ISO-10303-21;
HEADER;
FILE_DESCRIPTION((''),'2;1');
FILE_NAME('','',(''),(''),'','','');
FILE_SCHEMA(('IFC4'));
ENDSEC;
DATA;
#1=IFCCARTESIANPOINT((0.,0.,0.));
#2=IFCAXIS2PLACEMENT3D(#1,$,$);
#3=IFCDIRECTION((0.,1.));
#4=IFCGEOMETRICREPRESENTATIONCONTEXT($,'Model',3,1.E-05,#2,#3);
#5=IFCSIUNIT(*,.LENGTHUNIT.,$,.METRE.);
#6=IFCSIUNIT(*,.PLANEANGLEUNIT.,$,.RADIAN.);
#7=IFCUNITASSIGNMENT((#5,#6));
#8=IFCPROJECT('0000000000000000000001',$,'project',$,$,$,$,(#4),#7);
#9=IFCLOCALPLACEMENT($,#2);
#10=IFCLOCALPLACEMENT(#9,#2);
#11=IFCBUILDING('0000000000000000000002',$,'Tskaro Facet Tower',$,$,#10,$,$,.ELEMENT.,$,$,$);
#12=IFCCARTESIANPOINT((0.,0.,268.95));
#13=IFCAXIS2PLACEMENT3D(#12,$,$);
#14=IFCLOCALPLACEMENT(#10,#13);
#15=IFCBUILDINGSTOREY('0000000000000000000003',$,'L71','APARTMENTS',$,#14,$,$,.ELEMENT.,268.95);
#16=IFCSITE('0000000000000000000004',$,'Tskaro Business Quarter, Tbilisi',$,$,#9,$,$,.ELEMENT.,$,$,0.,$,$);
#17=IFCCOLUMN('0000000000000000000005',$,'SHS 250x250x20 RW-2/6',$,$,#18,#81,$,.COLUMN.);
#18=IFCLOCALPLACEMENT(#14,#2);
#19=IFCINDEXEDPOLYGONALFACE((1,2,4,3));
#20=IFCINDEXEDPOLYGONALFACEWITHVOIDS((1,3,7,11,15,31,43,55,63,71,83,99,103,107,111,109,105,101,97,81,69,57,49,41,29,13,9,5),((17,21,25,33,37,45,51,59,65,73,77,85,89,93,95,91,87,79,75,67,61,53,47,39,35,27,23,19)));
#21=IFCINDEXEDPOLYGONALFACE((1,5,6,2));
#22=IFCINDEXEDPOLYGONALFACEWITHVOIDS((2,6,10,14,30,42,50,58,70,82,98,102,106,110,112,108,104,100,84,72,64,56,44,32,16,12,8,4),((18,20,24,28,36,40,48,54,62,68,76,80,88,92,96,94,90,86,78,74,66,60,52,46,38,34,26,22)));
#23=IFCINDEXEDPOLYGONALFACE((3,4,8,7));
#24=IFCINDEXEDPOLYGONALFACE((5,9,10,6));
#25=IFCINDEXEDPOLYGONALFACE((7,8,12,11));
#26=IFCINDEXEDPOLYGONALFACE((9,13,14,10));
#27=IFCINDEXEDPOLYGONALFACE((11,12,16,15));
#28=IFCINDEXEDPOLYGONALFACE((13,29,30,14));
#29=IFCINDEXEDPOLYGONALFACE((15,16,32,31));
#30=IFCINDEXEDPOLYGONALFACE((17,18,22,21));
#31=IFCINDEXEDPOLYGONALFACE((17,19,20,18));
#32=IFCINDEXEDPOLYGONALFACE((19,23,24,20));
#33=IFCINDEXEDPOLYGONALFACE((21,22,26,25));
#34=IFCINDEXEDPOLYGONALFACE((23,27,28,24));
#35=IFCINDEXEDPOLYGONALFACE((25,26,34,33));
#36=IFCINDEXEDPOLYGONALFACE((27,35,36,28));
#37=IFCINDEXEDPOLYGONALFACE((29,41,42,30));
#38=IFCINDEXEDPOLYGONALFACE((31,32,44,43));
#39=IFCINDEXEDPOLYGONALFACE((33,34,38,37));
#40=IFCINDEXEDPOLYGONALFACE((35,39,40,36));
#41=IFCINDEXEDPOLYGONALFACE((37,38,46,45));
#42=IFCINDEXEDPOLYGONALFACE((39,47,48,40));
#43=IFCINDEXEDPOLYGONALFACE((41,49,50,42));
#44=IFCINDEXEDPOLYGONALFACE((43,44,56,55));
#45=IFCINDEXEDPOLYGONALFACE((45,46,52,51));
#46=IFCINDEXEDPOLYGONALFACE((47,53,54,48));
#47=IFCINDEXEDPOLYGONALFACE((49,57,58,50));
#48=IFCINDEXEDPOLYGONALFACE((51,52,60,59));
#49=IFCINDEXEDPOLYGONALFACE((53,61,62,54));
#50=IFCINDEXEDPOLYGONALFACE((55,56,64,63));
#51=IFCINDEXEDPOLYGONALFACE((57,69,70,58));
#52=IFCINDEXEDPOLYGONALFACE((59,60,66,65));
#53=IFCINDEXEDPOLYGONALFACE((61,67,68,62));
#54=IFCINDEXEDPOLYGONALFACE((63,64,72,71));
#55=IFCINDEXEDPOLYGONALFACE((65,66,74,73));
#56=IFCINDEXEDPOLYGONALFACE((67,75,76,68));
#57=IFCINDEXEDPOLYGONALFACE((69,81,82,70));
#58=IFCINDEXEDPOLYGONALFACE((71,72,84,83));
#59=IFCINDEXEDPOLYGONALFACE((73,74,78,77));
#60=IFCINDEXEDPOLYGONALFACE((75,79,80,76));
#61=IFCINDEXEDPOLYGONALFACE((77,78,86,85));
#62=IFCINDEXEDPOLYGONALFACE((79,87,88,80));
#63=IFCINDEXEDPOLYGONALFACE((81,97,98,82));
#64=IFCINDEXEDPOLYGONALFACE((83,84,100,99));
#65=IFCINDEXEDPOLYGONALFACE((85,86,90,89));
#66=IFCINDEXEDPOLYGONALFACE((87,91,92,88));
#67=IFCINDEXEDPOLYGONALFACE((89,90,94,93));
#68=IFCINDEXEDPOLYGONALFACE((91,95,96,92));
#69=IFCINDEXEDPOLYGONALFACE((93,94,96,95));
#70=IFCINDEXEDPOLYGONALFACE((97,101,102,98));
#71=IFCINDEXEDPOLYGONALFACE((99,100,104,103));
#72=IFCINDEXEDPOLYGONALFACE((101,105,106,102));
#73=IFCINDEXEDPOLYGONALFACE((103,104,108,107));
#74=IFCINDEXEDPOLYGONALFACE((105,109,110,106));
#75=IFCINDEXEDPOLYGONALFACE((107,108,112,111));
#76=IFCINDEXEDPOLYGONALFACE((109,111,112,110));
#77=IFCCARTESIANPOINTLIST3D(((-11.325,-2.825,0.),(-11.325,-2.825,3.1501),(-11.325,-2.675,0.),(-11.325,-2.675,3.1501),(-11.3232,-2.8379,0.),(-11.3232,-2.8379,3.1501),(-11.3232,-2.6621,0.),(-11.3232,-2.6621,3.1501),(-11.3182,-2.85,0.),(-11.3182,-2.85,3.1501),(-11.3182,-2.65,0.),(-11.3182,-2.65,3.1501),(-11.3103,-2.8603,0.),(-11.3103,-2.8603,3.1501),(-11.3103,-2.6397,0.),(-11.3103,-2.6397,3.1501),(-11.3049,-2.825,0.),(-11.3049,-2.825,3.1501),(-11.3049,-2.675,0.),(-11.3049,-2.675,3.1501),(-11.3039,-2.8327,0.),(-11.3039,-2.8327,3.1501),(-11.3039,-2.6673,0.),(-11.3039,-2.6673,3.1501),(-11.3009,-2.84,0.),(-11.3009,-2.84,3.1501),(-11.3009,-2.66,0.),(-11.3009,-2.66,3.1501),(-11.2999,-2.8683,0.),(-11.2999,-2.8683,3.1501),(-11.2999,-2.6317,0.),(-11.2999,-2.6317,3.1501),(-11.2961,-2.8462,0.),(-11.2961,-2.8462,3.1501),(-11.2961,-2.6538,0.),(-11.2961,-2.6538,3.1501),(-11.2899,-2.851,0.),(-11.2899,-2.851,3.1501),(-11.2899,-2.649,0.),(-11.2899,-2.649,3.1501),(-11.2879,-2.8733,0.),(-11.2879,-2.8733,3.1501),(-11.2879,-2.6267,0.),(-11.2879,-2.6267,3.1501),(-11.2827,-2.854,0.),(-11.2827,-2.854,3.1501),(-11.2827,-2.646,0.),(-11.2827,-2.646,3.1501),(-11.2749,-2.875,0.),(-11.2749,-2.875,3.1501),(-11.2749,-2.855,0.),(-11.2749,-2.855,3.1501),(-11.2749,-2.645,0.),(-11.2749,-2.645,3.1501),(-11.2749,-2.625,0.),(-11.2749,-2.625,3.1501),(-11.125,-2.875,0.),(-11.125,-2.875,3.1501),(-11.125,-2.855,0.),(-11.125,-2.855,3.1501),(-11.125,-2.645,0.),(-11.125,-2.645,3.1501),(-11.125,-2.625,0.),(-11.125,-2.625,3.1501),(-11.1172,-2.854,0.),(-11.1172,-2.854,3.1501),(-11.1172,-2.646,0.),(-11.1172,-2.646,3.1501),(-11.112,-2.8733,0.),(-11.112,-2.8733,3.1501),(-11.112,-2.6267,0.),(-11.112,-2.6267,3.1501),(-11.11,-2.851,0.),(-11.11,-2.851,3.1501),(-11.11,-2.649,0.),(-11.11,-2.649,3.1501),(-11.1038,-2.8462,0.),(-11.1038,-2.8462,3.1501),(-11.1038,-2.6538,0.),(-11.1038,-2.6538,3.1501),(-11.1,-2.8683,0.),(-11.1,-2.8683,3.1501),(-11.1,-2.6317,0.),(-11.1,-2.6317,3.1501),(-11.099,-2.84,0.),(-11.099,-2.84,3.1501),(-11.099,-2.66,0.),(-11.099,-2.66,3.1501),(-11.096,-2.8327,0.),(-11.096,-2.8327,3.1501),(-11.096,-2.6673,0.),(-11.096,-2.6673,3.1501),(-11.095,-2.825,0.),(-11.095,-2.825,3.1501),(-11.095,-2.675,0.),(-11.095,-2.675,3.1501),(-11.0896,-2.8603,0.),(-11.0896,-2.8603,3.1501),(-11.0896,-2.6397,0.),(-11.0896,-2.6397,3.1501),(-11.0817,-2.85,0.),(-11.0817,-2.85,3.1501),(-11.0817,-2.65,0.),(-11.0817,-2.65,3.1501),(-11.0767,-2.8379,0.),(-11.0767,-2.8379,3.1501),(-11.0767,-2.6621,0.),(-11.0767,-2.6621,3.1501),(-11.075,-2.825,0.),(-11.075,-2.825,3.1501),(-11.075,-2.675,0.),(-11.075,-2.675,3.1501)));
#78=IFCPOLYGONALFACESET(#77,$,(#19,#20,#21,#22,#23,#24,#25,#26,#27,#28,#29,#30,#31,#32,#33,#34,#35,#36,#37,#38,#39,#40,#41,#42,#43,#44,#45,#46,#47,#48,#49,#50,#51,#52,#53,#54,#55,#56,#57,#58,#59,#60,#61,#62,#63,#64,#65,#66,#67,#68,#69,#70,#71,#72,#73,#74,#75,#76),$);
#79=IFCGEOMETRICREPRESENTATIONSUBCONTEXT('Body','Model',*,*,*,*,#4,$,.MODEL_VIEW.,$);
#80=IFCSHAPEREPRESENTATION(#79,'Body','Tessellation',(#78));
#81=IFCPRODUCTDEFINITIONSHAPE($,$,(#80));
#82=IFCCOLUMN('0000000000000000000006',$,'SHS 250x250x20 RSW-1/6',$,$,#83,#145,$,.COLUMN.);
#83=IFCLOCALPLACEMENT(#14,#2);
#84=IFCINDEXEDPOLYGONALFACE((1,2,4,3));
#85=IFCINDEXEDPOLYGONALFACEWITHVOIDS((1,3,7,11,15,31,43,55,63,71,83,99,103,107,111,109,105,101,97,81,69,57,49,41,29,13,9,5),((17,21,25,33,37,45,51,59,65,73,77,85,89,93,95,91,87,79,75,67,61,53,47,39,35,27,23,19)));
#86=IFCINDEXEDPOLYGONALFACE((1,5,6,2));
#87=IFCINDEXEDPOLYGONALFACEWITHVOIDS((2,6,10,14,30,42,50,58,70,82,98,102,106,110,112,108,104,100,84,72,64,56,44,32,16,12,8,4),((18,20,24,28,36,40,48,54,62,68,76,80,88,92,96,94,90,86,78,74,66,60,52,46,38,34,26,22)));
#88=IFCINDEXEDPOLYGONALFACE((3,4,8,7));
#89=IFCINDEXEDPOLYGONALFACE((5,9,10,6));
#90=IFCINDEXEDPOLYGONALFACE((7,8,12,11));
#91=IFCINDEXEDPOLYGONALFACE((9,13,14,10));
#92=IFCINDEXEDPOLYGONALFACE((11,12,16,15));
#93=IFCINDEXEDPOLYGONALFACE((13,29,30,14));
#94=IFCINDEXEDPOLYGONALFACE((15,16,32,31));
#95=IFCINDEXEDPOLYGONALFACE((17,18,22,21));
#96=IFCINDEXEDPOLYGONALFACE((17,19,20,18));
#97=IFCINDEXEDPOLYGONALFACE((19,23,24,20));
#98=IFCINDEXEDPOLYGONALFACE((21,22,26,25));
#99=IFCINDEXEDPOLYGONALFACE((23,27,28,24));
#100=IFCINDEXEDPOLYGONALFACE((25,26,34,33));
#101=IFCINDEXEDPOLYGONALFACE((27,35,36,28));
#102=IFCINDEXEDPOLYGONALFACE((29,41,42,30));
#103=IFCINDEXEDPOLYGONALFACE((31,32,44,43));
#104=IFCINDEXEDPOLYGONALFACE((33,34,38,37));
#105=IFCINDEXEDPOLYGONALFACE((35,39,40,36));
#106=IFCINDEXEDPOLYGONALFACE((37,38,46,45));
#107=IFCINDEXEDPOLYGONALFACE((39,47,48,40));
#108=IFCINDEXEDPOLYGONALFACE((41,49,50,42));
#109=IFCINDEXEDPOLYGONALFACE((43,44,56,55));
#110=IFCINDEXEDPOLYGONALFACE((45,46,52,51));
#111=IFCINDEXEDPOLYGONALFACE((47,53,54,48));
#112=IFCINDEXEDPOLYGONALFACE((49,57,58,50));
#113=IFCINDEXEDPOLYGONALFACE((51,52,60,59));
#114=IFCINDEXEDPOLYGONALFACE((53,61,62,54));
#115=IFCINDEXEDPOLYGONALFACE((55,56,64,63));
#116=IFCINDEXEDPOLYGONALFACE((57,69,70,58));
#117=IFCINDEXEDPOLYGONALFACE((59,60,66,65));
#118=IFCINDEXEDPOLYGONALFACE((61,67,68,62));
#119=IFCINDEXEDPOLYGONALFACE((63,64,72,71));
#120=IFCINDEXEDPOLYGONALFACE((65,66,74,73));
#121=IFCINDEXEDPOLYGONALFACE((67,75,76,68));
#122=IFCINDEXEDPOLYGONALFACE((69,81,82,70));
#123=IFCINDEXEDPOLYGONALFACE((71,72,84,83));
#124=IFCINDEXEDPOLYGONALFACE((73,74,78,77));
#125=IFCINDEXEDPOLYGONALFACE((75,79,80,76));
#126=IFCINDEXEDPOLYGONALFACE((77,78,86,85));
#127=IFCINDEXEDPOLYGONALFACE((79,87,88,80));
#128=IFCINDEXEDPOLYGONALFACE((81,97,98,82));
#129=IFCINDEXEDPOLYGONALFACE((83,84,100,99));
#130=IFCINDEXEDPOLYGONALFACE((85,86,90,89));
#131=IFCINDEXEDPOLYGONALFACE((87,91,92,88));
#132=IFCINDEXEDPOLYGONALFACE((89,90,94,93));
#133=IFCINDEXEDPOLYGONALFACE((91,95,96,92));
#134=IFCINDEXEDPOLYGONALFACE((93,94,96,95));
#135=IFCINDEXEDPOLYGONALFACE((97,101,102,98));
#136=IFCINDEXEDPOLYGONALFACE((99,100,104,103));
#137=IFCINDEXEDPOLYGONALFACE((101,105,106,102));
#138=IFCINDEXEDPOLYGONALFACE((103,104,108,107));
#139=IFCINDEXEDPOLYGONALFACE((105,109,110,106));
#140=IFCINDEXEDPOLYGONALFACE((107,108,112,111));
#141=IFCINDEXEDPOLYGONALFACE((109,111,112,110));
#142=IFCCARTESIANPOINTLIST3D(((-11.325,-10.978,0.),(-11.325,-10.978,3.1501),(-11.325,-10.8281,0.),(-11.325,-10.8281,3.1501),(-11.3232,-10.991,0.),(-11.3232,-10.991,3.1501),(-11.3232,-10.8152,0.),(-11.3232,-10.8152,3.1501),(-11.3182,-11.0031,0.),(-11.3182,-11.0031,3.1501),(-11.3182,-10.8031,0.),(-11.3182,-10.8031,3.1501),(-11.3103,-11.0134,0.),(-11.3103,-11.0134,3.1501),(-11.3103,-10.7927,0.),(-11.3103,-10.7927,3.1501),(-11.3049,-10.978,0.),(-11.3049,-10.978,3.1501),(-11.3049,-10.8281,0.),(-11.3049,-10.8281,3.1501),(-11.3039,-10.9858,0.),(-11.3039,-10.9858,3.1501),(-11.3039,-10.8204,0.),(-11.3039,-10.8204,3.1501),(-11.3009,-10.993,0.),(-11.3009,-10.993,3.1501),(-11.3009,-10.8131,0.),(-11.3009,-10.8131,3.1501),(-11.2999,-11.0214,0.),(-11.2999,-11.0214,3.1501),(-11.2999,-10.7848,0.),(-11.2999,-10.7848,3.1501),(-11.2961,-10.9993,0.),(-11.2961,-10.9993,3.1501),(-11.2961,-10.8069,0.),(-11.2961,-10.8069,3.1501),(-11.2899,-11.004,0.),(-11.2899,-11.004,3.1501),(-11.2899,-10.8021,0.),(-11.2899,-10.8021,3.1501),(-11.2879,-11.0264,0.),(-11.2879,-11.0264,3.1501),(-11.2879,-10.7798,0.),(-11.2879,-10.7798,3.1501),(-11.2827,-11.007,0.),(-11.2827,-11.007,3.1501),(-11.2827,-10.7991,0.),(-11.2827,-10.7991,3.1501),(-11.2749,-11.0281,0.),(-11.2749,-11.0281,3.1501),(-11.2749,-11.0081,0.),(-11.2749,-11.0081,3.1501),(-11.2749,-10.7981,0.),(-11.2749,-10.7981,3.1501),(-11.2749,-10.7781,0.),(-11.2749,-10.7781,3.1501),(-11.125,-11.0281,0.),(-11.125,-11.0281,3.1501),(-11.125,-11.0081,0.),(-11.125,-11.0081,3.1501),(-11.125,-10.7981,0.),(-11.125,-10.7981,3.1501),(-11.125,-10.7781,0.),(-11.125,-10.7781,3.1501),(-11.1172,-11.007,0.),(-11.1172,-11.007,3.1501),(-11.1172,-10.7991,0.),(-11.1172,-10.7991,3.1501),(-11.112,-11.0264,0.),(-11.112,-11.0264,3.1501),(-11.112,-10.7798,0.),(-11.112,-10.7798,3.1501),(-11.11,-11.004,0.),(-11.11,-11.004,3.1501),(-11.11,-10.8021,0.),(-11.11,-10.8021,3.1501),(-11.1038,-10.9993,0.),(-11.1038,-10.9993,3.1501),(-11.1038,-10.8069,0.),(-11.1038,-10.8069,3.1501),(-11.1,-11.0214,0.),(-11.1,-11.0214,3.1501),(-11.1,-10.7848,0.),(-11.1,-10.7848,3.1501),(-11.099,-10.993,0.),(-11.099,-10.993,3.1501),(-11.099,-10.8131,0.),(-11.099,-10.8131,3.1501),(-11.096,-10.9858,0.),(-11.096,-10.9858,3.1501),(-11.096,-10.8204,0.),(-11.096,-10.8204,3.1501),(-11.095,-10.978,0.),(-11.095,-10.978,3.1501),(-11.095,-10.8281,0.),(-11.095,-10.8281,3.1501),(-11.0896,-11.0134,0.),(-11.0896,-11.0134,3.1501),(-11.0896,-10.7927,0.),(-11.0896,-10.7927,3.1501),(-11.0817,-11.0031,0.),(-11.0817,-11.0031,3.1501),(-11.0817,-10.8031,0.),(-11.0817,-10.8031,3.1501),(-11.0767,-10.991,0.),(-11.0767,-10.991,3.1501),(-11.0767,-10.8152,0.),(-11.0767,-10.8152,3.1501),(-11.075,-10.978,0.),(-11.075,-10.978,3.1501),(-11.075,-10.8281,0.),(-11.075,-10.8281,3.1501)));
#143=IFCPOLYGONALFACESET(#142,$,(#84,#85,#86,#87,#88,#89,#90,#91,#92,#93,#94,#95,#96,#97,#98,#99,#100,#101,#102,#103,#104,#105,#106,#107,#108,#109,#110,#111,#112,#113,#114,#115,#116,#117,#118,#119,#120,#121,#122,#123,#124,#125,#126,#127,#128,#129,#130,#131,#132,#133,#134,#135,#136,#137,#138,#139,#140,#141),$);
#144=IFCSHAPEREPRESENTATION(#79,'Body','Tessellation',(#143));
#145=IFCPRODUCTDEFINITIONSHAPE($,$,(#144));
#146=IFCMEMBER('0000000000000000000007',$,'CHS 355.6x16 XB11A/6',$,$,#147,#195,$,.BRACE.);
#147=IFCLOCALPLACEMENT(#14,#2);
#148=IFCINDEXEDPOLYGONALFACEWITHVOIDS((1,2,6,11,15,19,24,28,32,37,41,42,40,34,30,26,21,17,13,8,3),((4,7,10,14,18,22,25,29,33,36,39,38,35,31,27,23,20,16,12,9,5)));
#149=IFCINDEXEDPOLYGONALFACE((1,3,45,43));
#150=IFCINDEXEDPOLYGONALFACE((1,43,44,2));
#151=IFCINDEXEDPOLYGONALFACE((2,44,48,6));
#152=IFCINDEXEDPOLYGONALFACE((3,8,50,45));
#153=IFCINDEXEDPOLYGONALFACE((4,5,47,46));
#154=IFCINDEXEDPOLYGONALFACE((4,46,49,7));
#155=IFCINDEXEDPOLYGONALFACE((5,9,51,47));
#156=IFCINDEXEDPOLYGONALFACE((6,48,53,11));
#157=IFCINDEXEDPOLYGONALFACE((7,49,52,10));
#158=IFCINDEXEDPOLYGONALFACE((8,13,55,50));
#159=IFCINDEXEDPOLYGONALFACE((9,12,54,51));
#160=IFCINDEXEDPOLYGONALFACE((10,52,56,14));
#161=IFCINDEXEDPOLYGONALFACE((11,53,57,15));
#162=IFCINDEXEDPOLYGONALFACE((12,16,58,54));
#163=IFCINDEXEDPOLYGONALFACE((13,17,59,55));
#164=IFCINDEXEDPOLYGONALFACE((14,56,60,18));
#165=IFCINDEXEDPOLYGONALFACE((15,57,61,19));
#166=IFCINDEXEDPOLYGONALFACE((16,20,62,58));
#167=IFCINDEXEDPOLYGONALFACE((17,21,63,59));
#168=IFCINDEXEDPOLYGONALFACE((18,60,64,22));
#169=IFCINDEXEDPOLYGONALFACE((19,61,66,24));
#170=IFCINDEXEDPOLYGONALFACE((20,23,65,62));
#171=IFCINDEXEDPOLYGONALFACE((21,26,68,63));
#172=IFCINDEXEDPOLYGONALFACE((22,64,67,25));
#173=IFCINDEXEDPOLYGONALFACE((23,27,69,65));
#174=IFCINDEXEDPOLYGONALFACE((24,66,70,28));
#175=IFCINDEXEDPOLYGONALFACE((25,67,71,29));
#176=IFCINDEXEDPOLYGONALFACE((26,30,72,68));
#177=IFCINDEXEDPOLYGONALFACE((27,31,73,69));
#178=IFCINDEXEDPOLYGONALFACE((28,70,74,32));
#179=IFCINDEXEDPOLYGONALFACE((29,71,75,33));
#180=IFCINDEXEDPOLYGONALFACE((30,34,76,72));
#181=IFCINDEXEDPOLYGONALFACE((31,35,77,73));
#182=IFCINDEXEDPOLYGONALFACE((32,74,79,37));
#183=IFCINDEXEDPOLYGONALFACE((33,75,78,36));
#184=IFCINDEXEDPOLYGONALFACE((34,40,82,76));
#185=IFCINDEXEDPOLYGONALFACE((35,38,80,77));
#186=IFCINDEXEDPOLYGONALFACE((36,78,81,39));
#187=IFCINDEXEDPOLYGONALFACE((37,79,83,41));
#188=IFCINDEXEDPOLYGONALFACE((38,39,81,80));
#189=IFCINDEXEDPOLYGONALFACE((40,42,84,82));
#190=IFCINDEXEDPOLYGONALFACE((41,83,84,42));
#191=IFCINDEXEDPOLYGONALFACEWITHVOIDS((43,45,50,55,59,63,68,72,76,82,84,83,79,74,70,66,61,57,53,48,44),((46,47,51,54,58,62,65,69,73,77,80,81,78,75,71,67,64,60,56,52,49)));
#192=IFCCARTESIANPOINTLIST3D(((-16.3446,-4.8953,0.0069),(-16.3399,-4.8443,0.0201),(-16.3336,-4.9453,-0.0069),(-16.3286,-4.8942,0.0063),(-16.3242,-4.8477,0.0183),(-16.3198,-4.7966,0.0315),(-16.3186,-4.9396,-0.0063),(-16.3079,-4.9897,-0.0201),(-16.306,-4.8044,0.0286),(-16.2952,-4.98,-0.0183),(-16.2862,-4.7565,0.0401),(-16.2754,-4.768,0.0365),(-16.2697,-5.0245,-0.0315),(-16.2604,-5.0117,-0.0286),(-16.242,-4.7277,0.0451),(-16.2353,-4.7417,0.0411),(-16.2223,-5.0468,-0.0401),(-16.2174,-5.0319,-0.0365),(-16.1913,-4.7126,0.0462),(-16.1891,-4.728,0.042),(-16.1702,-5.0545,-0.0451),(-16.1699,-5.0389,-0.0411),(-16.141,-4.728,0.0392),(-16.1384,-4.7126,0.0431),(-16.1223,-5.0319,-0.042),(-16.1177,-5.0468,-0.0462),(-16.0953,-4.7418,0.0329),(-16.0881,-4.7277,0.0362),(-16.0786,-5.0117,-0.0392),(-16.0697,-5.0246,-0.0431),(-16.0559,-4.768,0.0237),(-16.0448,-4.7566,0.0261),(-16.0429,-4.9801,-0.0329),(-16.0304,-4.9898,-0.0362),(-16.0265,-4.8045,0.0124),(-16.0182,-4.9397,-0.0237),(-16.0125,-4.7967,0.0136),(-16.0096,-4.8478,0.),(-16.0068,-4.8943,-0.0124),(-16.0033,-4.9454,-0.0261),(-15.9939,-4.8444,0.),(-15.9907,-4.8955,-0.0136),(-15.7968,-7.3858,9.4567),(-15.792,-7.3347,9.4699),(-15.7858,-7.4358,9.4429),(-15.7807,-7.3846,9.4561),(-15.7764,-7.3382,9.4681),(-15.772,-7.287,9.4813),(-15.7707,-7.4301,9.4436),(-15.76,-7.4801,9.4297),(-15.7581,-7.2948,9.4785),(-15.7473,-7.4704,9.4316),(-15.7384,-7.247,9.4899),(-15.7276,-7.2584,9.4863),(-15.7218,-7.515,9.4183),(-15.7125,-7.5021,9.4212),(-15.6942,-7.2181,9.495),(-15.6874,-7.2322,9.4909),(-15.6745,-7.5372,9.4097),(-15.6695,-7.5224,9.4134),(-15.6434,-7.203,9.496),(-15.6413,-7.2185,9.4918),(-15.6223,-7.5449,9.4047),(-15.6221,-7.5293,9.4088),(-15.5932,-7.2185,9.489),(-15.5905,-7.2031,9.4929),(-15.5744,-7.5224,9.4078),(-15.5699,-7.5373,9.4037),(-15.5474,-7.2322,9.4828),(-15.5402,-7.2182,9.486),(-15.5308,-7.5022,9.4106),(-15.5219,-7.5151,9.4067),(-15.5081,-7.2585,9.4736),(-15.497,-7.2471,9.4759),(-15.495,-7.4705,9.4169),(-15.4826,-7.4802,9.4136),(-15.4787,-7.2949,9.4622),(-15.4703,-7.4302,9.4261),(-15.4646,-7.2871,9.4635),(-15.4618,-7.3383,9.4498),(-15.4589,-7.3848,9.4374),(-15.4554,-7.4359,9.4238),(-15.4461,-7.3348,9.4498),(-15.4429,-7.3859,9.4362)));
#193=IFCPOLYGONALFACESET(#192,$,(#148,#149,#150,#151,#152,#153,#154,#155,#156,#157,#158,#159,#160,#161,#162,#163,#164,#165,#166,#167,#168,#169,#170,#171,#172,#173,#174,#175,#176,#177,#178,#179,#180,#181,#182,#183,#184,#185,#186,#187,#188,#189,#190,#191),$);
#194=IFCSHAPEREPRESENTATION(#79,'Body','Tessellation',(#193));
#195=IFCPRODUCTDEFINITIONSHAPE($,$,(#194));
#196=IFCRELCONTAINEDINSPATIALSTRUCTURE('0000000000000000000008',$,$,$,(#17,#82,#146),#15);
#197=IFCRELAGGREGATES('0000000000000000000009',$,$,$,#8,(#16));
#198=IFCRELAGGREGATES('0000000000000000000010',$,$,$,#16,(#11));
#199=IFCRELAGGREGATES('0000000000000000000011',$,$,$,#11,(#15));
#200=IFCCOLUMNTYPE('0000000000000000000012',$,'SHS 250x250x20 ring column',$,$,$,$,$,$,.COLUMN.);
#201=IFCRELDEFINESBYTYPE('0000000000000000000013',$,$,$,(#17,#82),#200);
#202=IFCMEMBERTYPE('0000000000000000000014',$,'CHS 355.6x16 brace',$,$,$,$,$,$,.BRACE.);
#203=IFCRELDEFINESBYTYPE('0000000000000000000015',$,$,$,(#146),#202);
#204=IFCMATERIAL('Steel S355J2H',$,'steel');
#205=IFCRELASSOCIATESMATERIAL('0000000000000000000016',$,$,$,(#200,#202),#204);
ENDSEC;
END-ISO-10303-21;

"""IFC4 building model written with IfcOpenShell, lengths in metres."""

from ifc_helpers import new_model, si_unit, direction, frame, origin, origin_2d, place, context, subcontext, project, spatial, hollow_rectangle, hollow_circle, extrude, material, material_profile, profile_set, type_object, element, save


model = new_model("IFC4")

# Units and contexts
model_context = context("Model", 3, precision=1e-05, world=origin(), true_north=direction((0.0, 1.0)))
body_context = subcontext(model_context, "Body", "Model", "MODEL_VIEW")
ifc_project = project(units=[si_unit("LENGTHUNIT", "METRE"), si_unit("PLANEANGLEUNIT", "RADIAN")], contexts=[model_context])

# Site, building, storey
site_placement = place(None, origin())
site = spatial("IfcSite", under=ifc_project, at=site_placement, Name="Tskaro Business Quarter, Tbilisi", CompositionType="ELEMENT", RefElevation=0.0)
building_placement = place(site_placement, origin())
building = spatial("IfcBuilding", under=site, at=building_placement, Name="Tskaro Facet Tower", CompositionType="ELEMENT")
storey_placement = place(building_placement, frame((0.0, 0.0, 268.95)))
storey = spatial("IfcBuildingStorey", under=building, at=storey_placement, Name="L71", Description="APARTMENTS", CompositionType="ELEMENT", Elevation=268.95)

# Columns
ifc_material_1 = material(Name="Steel S355J2H", Category="steel")
ifc_material_profile_1 = material_profile(ifc_material_1, hollow_rectangle(XDim=0.25, YDim=0.25, WallThickness=0.02, InnerFilletRadius=0.03, OuterFilletRadius=0.05, at=origin_2d()), Name="SHS 250x250x20")
ifc_profile_set_1 = profile_set([ifc_material_profile_1], Name="Steel S355J2H")
column_type = type_object("IfcColumnType", Name="SHS 250x250x20 ring column", PredefinedType="COLUMN", material=ifc_profile_set_1)
for number, where, z_axis, x_axis, name in (
    (1, (-11.2, -2.75, 0.0), (0.0, 0.0, 1.0), (1.0, 0.0, 0.0), "SHS 250x250x20 RW-2/6"),
    (2, (-11.2, -10.9031, 0.0), (0.0, 0.0, 1.0), (1.0, 0.0, 0.0), "SHS 250x250x20 RSW-1/6"),
):
    element("IfcColumn", number, at=place(storey_placement, frame(where, z_axis=z_axis, x_axis=x_axis)), inside=storey, type_object=column_type, Name=name, PredefinedType="COLUMN", context=body_context, shape_type="SweptSolid", body=[
        extrude(hollow_rectangle(XDim=0.25, YDim=0.25, WallThickness=0.02, InnerFilletRadius=0.03, OuterFilletRadius=0.05, at=origin_2d()), origin(), (0.0, 0.0, 1.0), 3.1501),
    ])

# Member
ifc_material_profile_2 = material_profile(ifc_material_1, hollow_circle(Radius=0.1777, WallThickness=0.0161, at=origin_2d()), Name="CHS 355.6x16")
ifc_profile_set_2 = profile_set([ifc_material_profile_2], Name="Steel S355J2H")
member_type_1 = type_object("IfcMemberType", Name="CHS 355.6x16 brace", PredefinedType="BRACE", material=ifc_profile_set_2)
member_1_placement = place(storey_placement, frame((-16.1675, -4.8826, 0.0), z_axis=(0.055972, -0.254443, 0.965467), x_axis=(0.976649, 0.214842, 0.0)))
element("IfcMember", 3, at=member_1_placement, inside=storey, type_object=member_type_1, Name="CHS 355.6x16 XB11A/6", PredefinedType="BRACE", context=body_context, shape_type="SweptSolid", body=[
    extrude(hollow_circle(Radius=0.1777, WallThickness=0.0161, at=origin_2d()), origin(), (0.0, 0.0, 1.0), 9.7878),
])

save(model, "model.ifc")
